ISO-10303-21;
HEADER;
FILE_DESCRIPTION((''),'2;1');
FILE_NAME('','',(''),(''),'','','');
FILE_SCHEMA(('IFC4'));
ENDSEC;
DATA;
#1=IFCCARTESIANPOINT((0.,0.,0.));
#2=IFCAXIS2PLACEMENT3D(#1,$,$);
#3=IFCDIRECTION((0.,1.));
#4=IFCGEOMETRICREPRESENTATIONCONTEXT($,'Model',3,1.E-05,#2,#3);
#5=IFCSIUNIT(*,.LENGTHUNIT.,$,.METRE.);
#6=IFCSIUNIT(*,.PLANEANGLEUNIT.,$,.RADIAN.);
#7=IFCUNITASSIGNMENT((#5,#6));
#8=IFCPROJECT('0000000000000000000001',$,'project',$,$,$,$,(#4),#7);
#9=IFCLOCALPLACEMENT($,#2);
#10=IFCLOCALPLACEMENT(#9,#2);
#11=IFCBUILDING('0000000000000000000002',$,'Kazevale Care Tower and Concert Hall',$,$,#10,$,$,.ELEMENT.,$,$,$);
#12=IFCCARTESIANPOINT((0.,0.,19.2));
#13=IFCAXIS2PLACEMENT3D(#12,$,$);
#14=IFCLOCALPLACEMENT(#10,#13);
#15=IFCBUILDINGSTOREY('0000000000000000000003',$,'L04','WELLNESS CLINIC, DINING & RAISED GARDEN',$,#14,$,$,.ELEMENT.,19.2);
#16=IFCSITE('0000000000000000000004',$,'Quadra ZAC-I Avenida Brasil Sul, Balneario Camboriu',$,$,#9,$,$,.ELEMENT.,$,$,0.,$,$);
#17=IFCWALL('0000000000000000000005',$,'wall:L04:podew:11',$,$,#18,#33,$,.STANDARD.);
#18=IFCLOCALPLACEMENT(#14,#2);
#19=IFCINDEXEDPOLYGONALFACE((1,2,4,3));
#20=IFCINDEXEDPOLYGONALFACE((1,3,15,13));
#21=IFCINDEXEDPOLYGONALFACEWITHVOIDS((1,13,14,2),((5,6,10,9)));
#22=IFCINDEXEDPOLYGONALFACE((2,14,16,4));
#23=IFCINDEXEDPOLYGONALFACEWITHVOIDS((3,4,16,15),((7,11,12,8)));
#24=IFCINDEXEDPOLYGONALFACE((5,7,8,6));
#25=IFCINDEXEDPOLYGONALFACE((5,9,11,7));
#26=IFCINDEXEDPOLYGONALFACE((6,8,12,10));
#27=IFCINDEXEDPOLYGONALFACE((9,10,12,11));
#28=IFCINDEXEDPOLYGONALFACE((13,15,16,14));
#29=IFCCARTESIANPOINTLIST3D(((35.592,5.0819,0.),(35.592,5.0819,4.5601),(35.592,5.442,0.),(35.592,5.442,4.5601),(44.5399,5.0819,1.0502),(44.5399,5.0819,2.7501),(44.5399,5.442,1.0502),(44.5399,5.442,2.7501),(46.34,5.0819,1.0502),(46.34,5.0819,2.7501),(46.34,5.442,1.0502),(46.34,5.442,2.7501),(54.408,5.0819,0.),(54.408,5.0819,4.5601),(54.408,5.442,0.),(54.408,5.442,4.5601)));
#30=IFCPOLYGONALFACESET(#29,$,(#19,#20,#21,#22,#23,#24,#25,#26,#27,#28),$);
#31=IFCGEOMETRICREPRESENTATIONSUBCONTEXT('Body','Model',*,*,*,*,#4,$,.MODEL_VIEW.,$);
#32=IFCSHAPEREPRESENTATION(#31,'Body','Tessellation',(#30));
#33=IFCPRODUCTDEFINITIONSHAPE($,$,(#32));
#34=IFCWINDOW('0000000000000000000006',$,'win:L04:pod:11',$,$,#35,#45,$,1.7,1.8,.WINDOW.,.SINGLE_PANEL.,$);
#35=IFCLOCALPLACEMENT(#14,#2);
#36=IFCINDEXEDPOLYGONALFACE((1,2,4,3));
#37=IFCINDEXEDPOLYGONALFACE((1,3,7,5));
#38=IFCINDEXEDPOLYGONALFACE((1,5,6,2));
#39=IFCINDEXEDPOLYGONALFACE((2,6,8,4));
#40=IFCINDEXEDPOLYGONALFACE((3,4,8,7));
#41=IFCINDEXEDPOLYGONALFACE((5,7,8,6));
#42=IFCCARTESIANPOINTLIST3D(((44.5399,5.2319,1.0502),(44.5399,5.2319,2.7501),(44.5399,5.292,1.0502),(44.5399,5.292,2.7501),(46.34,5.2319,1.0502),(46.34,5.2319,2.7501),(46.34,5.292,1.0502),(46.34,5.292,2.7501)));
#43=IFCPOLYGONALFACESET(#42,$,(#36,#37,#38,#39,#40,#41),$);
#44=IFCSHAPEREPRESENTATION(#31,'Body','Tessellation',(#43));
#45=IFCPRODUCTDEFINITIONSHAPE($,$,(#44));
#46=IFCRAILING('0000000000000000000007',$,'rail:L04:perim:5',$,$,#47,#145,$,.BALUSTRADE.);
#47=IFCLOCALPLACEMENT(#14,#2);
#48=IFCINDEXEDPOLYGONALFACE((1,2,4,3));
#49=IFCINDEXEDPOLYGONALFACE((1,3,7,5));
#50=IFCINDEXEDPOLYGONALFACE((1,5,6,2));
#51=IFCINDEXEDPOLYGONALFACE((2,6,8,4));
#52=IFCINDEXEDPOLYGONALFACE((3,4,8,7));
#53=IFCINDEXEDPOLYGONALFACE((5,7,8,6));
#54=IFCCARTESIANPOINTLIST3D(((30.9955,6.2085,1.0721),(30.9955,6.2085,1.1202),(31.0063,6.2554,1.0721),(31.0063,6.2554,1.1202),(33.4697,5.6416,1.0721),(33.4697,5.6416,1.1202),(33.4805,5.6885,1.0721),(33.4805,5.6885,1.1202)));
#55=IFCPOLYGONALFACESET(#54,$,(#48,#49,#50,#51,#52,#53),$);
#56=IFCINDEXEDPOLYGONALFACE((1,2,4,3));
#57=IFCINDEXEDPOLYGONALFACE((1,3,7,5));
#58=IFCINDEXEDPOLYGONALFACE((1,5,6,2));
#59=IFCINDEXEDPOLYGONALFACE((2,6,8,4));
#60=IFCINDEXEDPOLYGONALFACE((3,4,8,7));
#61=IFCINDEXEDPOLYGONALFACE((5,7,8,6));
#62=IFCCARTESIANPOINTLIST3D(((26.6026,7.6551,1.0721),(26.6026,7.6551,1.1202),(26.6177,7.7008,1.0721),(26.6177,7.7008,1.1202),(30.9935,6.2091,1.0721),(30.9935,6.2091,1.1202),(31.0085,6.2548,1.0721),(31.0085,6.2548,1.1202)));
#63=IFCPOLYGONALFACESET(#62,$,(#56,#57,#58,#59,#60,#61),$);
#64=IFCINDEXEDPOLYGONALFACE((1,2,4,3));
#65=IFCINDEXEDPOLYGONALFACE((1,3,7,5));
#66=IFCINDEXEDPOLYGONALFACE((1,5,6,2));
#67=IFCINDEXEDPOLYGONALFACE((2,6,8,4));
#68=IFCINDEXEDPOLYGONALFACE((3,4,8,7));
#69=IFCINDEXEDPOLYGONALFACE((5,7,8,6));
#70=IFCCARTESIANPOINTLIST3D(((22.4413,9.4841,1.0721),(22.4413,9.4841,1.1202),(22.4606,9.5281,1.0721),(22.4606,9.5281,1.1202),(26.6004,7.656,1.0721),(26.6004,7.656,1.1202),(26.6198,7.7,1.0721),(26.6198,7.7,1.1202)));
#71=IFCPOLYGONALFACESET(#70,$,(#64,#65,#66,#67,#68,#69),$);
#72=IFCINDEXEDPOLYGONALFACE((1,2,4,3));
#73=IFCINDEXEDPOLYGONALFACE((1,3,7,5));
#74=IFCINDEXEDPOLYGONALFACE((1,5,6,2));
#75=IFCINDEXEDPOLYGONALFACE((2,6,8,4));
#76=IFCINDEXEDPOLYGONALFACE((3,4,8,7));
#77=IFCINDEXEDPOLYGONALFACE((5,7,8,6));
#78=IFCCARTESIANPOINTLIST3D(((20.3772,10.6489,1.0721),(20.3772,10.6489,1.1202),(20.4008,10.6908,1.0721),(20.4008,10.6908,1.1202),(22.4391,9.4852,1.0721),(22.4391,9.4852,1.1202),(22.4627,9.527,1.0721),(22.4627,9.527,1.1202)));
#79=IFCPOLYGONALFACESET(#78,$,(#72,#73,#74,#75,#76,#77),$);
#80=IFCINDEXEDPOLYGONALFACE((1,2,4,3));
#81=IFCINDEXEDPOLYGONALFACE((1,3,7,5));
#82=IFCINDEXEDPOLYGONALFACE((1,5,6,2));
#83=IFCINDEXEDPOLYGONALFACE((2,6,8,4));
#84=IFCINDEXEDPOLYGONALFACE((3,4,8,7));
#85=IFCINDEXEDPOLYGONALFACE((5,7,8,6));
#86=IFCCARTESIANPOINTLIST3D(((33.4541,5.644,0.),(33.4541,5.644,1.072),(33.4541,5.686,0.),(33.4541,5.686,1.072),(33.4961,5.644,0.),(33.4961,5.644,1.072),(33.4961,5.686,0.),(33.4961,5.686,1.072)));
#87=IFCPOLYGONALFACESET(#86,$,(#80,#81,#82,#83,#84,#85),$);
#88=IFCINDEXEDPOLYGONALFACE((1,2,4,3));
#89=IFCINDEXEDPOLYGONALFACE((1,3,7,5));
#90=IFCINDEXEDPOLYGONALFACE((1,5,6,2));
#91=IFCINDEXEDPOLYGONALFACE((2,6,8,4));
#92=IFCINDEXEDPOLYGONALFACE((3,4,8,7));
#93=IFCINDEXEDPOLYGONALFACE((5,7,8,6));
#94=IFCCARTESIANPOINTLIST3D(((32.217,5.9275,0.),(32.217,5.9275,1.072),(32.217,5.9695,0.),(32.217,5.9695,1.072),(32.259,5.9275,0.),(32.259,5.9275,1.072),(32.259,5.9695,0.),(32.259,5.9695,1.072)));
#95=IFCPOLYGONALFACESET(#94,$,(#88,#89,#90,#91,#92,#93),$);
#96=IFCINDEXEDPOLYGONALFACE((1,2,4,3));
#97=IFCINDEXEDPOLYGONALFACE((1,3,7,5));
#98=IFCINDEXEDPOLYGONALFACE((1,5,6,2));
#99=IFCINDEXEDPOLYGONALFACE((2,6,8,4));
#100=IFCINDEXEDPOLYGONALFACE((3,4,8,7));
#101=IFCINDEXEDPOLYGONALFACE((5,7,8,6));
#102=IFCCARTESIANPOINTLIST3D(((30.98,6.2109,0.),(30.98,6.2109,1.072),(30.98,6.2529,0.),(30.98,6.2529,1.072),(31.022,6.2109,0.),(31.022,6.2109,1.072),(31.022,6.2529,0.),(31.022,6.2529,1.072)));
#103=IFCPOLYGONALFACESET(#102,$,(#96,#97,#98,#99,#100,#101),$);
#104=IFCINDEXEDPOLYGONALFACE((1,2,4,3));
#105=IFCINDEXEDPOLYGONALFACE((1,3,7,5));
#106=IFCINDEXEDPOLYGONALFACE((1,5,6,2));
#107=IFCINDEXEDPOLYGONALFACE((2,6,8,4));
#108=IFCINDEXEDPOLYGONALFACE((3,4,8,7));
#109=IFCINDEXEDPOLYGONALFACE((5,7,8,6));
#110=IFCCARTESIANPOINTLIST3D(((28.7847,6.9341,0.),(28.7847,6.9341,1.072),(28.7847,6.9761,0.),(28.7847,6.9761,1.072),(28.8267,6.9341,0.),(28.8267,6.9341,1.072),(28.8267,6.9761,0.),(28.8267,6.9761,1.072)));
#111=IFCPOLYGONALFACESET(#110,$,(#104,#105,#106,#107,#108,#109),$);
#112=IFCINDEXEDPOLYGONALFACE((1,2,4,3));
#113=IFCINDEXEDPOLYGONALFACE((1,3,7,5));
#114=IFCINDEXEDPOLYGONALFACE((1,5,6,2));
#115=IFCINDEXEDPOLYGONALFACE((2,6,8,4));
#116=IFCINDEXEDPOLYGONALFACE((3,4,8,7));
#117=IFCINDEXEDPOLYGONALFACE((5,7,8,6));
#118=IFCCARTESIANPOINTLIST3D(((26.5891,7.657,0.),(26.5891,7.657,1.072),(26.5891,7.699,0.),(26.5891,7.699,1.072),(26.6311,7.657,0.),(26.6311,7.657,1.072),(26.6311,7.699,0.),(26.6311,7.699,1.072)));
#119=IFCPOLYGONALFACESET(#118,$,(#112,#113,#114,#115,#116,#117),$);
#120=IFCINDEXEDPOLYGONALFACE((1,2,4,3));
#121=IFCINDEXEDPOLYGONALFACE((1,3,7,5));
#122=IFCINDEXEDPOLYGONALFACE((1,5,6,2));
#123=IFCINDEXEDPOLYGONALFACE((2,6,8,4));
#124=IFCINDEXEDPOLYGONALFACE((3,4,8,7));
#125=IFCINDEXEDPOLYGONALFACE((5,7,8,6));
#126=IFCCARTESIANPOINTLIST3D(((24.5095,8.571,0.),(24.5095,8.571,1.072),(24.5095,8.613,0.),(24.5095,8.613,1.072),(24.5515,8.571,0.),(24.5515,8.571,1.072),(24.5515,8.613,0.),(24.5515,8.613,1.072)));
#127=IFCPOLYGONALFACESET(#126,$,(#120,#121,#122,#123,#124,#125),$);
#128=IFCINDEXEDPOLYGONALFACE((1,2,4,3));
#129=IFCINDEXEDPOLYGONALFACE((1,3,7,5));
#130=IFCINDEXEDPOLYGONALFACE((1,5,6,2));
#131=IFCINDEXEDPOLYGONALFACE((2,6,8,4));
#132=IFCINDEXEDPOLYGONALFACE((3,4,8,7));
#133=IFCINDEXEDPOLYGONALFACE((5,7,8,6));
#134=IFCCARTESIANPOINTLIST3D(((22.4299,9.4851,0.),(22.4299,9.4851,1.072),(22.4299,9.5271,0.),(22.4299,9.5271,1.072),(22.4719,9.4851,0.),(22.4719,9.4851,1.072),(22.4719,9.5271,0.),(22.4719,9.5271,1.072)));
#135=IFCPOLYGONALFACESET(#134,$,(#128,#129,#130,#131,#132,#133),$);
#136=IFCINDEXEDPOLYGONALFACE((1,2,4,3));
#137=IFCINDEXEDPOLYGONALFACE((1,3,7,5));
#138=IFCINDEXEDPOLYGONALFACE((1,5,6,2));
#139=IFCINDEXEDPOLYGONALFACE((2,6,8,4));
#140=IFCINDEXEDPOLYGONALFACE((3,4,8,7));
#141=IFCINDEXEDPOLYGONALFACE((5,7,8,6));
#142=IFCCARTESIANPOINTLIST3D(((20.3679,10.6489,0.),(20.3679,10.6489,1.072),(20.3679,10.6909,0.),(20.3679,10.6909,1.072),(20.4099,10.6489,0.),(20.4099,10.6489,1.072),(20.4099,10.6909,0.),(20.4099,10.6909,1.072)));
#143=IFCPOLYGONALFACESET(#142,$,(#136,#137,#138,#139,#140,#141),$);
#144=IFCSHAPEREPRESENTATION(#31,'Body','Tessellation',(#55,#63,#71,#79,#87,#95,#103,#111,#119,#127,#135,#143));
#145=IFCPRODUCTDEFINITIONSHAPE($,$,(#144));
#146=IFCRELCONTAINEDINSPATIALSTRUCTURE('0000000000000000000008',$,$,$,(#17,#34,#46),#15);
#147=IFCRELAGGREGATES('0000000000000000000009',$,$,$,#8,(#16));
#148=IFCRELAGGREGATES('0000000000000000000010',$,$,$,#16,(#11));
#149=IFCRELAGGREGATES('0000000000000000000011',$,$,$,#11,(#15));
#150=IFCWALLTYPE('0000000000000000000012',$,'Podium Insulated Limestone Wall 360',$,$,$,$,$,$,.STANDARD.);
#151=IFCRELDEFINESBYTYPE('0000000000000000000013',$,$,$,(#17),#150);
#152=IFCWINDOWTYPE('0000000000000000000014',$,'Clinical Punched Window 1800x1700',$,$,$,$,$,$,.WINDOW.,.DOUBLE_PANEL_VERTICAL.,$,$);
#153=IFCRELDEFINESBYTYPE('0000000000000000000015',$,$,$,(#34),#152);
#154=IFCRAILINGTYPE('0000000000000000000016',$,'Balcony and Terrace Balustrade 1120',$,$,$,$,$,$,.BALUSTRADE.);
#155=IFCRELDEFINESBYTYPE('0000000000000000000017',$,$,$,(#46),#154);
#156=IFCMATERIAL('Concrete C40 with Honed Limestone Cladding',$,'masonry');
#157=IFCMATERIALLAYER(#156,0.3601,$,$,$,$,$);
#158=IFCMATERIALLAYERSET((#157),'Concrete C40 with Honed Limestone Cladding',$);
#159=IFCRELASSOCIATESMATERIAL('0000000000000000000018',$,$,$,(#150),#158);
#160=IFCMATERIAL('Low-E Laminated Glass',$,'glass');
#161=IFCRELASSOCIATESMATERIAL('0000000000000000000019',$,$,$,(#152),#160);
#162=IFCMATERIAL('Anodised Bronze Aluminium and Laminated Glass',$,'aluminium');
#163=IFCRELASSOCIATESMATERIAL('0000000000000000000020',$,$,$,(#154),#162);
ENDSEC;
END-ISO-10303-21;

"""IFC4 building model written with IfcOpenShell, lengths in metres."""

from ifc_helpers import new_model, si_unit, direction, frame, frame_2d, origin, origin_2d, place, context, subcontext, project, spatial, rectangle, extrude, material, layer, layer_set, type_object, element, fill, save


model = new_model("IFC4")

# Units and contexts
model_context = context("Model", 3, precision=1e-05, world=origin(), true_north=direction((0.0, 1.0)))
body_context = subcontext(model_context, "Body", "Model", "MODEL_VIEW")
ifc_project = project(units=[si_unit("LENGTHUNIT", "METRE"), si_unit("PLANEANGLEUNIT", "RADIAN")], contexts=[model_context])

# Site, building, storey
site_placement = place(None, origin())
site = spatial("IfcSite", under=ifc_project, at=site_placement, Name="Quadra ZAC-I Avenida Brasil Sul, Balneario Camboriu", CompositionType="ELEMENT", RefElevation=0.0)
building_placement = place(site_placement, origin())
building = spatial("IfcBuilding", under=site, at=building_placement, Name="Kazevale Care Tower and Concert Hall", CompositionType="ELEMENT")
storey_placement = place(building_placement, frame((0.0, 0.0, 19.2)))
storey = spatial("IfcBuildingStorey", under=building, at=storey_placement, Name="L04", Description="WELLNESS CLINIC, DINING & RAISED GARDEN", CompositionType="ELEMENT", Elevation=19.2)

# Wall, opening, window
ifc_material_1 = material(Name="Concrete C40 with Honed Limestone Cladding", Category="masonry")
ifc_layer_1 = layer(ifc_material_1, 0.3601)
ifc_layer_set_1 = layer_set([ifc_layer_1], Name="Concrete C40 with Honed Limestone Cladding")
wall_type_1 = type_object("IfcWallType", Name="Podium Insulated Limestone Wall 360", PredefinedType="STANDARD", material=ifc_layer_set_1)
wall_1_placement = place(storey_placement, frame((35.592, 5.262, 0.0), z_axis=(0.0, 0.0, 1.0), x_axis=(1.0, 0.0, 0.0)))
wall_1 = element("IfcWall", 1, at=wall_1_placement, inside=storey, type_object=wall_type_1, Name="wall:L04:podew:11", PredefinedType="STANDARD", context=body_context, shape_type="SweptSolid", body=[
    extrude(rectangle(XDim=18.8159, YDim=0.3601, at=frame_2d((9.408, 0.0))), origin(), (0.0, 0.0, 1.0), 4.5601),
])
opening_1_placement = place(wall_1_placement, frame((8.948, 0.0, 1.05)))
opening_1 = element("IfcOpeningElement", 2, at=opening_1_placement, cuts=wall_1, PredefinedType="OPENING", context=body_context, shape_type="SweptSolid", body=[
    extrude(rectangle(XDim=1.8, YDim=1.7, at=frame_2d((0.8999, 0.8501))), frame((0.0, 0.1899, 0.0), z_axis=(0.0, -1.0, 0.0), x_axis=(1.0, 0.0, 0.0)), (0.0, 0.0, 1.0), 0.3801),
])
ifc_material_2 = material(Name="Low-E Laminated Glass", Category="glass")
window_type = type_object("IfcWindowType", Name="Clinical Punched Window 1800x1700", PartitioningType="DOUBLE_PANEL_VERTICAL", PredefinedType="WINDOW", material=ifc_material_2)
window_placement = place(opening_1_placement, origin())
window = element("IfcWindow", 3, at=window_placement, inside=storey, type_object=window_type, Name="win:L04:pod:11", OverallHeight=1.7, OverallWidth=1.8, PartitioningType="SINGLE_PANEL", PredefinedType="WINDOW", context=body_context, shape_type="SweptSolid", body=[
    extrude(rectangle(XDim=1.8, YDim=1.7, at=frame_2d((0.8999, 0.8501))), frame((0.0, 0.03, 0.0), z_axis=(0.0, -1.0, 0.0), x_axis=(1.0, 0.0, 0.0)), (0.0, 0.0, 1.0), 0.0601),
])
fill(opening_1, window)

# Railing
ifc_material_3 = material(Name="Anodised Bronze Aluminium and Laminated Glass", Category="aluminium")
railing_type = type_object("IfcRailingType", Name="Balcony and Terrace Balustrade 1120", PredefinedType="BALUSTRADE", material=ifc_material_3)
railing_placement = place(storey_placement, frame((33.4751, 5.665, 0.0)))
element("IfcRailing", 4, at=railing_placement, inside=storey, type_object=railing_type, Name="rail:L04:perim:5", PredefinedType="BALUSTRADE", context=body_context, shape_type="SweptSolid", body=[
    extrude(rectangle(XDim=0.0481, YDim=0.0481, at=origin_2d()), frame((0.0, 0.0, 1.0962), z_axis=(-0.97474, 0.223342, 0.0), x_axis=(-0.223342, -0.97474, 0.0)), (0.0, 0.0, 1.0), 2.5383),
    extrude(rectangle(XDim=0.0481, YDim=0.0481, at=origin_2d()), frame((-2.4741, 0.5669, 1.0962), z_axis=(-0.949818, 0.312804, 0.0), x_axis=(-0.312804, -0.949818, 0.0)), (0.0, 0.0, 1.0), 4.6228),
    extrude(rectangle(XDim=0.0481, YDim=0.0481, at=origin_2d()), frame((-6.865, 2.0129, 1.0962), z_axis=(-0.91547, 0.402386, 0.0), x_axis=(-0.402386, -0.91547, 0.0)), (0.0, 0.0, 1.0), 4.5432),
    extrude(rectangle(XDim=0.0481, YDim=0.0481, at=origin_2d()), frame((-11.0242, 3.8411, 1.0962), z_axis=(-0.870864, 0.491524, 0.0), x_axis=(-0.491524, -0.870864, 0.0)), (0.0, 0.0, 1.0), 2.3677),
    extrude(rectangle(XDim=0.042, YDim=0.042, at=origin_2d()), origin(), (0.0, 0.0, 1.0), 1.072),
    extrude(rectangle(XDim=0.042, YDim=0.042, at=origin_2d()), frame((-1.2371, 0.2834, 0.0)), (0.0, 0.0, 1.0), 1.072),
    extrude(rectangle(XDim=0.042, YDim=0.042, at=origin_2d()), frame((-2.4741, 0.5669, 0.0)), (0.0, 0.0, 1.0), 1.072),
    extrude(rectangle(XDim=0.042, YDim=0.042, at=origin_2d()), frame((-4.6694, 1.29, 0.0)), (0.0, 0.0, 1.0), 1.072),
    extrude(rectangle(XDim=0.042, YDim=0.042, at=origin_2d()), frame((-6.865, 2.0129, 0.0)), (0.0, 0.0, 1.0), 1.072),
    extrude(rectangle(XDim=0.042, YDim=0.042, at=origin_2d()), frame((-8.9446, 2.927, 0.0)), (0.0, 0.0, 1.0), 1.072),
    extrude(rectangle(XDim=0.042, YDim=0.042, at=origin_2d()), frame((-11.0242, 3.8411, 0.0)), (0.0, 0.0, 1.0), 1.072),
    extrude(rectangle(XDim=0.042, YDim=0.042, at=origin_2d()), frame((-13.0862, 5.0049, 0.0)), (0.0, 0.0, 1.0), 1.072),
])

save(model, "model.ifc")
